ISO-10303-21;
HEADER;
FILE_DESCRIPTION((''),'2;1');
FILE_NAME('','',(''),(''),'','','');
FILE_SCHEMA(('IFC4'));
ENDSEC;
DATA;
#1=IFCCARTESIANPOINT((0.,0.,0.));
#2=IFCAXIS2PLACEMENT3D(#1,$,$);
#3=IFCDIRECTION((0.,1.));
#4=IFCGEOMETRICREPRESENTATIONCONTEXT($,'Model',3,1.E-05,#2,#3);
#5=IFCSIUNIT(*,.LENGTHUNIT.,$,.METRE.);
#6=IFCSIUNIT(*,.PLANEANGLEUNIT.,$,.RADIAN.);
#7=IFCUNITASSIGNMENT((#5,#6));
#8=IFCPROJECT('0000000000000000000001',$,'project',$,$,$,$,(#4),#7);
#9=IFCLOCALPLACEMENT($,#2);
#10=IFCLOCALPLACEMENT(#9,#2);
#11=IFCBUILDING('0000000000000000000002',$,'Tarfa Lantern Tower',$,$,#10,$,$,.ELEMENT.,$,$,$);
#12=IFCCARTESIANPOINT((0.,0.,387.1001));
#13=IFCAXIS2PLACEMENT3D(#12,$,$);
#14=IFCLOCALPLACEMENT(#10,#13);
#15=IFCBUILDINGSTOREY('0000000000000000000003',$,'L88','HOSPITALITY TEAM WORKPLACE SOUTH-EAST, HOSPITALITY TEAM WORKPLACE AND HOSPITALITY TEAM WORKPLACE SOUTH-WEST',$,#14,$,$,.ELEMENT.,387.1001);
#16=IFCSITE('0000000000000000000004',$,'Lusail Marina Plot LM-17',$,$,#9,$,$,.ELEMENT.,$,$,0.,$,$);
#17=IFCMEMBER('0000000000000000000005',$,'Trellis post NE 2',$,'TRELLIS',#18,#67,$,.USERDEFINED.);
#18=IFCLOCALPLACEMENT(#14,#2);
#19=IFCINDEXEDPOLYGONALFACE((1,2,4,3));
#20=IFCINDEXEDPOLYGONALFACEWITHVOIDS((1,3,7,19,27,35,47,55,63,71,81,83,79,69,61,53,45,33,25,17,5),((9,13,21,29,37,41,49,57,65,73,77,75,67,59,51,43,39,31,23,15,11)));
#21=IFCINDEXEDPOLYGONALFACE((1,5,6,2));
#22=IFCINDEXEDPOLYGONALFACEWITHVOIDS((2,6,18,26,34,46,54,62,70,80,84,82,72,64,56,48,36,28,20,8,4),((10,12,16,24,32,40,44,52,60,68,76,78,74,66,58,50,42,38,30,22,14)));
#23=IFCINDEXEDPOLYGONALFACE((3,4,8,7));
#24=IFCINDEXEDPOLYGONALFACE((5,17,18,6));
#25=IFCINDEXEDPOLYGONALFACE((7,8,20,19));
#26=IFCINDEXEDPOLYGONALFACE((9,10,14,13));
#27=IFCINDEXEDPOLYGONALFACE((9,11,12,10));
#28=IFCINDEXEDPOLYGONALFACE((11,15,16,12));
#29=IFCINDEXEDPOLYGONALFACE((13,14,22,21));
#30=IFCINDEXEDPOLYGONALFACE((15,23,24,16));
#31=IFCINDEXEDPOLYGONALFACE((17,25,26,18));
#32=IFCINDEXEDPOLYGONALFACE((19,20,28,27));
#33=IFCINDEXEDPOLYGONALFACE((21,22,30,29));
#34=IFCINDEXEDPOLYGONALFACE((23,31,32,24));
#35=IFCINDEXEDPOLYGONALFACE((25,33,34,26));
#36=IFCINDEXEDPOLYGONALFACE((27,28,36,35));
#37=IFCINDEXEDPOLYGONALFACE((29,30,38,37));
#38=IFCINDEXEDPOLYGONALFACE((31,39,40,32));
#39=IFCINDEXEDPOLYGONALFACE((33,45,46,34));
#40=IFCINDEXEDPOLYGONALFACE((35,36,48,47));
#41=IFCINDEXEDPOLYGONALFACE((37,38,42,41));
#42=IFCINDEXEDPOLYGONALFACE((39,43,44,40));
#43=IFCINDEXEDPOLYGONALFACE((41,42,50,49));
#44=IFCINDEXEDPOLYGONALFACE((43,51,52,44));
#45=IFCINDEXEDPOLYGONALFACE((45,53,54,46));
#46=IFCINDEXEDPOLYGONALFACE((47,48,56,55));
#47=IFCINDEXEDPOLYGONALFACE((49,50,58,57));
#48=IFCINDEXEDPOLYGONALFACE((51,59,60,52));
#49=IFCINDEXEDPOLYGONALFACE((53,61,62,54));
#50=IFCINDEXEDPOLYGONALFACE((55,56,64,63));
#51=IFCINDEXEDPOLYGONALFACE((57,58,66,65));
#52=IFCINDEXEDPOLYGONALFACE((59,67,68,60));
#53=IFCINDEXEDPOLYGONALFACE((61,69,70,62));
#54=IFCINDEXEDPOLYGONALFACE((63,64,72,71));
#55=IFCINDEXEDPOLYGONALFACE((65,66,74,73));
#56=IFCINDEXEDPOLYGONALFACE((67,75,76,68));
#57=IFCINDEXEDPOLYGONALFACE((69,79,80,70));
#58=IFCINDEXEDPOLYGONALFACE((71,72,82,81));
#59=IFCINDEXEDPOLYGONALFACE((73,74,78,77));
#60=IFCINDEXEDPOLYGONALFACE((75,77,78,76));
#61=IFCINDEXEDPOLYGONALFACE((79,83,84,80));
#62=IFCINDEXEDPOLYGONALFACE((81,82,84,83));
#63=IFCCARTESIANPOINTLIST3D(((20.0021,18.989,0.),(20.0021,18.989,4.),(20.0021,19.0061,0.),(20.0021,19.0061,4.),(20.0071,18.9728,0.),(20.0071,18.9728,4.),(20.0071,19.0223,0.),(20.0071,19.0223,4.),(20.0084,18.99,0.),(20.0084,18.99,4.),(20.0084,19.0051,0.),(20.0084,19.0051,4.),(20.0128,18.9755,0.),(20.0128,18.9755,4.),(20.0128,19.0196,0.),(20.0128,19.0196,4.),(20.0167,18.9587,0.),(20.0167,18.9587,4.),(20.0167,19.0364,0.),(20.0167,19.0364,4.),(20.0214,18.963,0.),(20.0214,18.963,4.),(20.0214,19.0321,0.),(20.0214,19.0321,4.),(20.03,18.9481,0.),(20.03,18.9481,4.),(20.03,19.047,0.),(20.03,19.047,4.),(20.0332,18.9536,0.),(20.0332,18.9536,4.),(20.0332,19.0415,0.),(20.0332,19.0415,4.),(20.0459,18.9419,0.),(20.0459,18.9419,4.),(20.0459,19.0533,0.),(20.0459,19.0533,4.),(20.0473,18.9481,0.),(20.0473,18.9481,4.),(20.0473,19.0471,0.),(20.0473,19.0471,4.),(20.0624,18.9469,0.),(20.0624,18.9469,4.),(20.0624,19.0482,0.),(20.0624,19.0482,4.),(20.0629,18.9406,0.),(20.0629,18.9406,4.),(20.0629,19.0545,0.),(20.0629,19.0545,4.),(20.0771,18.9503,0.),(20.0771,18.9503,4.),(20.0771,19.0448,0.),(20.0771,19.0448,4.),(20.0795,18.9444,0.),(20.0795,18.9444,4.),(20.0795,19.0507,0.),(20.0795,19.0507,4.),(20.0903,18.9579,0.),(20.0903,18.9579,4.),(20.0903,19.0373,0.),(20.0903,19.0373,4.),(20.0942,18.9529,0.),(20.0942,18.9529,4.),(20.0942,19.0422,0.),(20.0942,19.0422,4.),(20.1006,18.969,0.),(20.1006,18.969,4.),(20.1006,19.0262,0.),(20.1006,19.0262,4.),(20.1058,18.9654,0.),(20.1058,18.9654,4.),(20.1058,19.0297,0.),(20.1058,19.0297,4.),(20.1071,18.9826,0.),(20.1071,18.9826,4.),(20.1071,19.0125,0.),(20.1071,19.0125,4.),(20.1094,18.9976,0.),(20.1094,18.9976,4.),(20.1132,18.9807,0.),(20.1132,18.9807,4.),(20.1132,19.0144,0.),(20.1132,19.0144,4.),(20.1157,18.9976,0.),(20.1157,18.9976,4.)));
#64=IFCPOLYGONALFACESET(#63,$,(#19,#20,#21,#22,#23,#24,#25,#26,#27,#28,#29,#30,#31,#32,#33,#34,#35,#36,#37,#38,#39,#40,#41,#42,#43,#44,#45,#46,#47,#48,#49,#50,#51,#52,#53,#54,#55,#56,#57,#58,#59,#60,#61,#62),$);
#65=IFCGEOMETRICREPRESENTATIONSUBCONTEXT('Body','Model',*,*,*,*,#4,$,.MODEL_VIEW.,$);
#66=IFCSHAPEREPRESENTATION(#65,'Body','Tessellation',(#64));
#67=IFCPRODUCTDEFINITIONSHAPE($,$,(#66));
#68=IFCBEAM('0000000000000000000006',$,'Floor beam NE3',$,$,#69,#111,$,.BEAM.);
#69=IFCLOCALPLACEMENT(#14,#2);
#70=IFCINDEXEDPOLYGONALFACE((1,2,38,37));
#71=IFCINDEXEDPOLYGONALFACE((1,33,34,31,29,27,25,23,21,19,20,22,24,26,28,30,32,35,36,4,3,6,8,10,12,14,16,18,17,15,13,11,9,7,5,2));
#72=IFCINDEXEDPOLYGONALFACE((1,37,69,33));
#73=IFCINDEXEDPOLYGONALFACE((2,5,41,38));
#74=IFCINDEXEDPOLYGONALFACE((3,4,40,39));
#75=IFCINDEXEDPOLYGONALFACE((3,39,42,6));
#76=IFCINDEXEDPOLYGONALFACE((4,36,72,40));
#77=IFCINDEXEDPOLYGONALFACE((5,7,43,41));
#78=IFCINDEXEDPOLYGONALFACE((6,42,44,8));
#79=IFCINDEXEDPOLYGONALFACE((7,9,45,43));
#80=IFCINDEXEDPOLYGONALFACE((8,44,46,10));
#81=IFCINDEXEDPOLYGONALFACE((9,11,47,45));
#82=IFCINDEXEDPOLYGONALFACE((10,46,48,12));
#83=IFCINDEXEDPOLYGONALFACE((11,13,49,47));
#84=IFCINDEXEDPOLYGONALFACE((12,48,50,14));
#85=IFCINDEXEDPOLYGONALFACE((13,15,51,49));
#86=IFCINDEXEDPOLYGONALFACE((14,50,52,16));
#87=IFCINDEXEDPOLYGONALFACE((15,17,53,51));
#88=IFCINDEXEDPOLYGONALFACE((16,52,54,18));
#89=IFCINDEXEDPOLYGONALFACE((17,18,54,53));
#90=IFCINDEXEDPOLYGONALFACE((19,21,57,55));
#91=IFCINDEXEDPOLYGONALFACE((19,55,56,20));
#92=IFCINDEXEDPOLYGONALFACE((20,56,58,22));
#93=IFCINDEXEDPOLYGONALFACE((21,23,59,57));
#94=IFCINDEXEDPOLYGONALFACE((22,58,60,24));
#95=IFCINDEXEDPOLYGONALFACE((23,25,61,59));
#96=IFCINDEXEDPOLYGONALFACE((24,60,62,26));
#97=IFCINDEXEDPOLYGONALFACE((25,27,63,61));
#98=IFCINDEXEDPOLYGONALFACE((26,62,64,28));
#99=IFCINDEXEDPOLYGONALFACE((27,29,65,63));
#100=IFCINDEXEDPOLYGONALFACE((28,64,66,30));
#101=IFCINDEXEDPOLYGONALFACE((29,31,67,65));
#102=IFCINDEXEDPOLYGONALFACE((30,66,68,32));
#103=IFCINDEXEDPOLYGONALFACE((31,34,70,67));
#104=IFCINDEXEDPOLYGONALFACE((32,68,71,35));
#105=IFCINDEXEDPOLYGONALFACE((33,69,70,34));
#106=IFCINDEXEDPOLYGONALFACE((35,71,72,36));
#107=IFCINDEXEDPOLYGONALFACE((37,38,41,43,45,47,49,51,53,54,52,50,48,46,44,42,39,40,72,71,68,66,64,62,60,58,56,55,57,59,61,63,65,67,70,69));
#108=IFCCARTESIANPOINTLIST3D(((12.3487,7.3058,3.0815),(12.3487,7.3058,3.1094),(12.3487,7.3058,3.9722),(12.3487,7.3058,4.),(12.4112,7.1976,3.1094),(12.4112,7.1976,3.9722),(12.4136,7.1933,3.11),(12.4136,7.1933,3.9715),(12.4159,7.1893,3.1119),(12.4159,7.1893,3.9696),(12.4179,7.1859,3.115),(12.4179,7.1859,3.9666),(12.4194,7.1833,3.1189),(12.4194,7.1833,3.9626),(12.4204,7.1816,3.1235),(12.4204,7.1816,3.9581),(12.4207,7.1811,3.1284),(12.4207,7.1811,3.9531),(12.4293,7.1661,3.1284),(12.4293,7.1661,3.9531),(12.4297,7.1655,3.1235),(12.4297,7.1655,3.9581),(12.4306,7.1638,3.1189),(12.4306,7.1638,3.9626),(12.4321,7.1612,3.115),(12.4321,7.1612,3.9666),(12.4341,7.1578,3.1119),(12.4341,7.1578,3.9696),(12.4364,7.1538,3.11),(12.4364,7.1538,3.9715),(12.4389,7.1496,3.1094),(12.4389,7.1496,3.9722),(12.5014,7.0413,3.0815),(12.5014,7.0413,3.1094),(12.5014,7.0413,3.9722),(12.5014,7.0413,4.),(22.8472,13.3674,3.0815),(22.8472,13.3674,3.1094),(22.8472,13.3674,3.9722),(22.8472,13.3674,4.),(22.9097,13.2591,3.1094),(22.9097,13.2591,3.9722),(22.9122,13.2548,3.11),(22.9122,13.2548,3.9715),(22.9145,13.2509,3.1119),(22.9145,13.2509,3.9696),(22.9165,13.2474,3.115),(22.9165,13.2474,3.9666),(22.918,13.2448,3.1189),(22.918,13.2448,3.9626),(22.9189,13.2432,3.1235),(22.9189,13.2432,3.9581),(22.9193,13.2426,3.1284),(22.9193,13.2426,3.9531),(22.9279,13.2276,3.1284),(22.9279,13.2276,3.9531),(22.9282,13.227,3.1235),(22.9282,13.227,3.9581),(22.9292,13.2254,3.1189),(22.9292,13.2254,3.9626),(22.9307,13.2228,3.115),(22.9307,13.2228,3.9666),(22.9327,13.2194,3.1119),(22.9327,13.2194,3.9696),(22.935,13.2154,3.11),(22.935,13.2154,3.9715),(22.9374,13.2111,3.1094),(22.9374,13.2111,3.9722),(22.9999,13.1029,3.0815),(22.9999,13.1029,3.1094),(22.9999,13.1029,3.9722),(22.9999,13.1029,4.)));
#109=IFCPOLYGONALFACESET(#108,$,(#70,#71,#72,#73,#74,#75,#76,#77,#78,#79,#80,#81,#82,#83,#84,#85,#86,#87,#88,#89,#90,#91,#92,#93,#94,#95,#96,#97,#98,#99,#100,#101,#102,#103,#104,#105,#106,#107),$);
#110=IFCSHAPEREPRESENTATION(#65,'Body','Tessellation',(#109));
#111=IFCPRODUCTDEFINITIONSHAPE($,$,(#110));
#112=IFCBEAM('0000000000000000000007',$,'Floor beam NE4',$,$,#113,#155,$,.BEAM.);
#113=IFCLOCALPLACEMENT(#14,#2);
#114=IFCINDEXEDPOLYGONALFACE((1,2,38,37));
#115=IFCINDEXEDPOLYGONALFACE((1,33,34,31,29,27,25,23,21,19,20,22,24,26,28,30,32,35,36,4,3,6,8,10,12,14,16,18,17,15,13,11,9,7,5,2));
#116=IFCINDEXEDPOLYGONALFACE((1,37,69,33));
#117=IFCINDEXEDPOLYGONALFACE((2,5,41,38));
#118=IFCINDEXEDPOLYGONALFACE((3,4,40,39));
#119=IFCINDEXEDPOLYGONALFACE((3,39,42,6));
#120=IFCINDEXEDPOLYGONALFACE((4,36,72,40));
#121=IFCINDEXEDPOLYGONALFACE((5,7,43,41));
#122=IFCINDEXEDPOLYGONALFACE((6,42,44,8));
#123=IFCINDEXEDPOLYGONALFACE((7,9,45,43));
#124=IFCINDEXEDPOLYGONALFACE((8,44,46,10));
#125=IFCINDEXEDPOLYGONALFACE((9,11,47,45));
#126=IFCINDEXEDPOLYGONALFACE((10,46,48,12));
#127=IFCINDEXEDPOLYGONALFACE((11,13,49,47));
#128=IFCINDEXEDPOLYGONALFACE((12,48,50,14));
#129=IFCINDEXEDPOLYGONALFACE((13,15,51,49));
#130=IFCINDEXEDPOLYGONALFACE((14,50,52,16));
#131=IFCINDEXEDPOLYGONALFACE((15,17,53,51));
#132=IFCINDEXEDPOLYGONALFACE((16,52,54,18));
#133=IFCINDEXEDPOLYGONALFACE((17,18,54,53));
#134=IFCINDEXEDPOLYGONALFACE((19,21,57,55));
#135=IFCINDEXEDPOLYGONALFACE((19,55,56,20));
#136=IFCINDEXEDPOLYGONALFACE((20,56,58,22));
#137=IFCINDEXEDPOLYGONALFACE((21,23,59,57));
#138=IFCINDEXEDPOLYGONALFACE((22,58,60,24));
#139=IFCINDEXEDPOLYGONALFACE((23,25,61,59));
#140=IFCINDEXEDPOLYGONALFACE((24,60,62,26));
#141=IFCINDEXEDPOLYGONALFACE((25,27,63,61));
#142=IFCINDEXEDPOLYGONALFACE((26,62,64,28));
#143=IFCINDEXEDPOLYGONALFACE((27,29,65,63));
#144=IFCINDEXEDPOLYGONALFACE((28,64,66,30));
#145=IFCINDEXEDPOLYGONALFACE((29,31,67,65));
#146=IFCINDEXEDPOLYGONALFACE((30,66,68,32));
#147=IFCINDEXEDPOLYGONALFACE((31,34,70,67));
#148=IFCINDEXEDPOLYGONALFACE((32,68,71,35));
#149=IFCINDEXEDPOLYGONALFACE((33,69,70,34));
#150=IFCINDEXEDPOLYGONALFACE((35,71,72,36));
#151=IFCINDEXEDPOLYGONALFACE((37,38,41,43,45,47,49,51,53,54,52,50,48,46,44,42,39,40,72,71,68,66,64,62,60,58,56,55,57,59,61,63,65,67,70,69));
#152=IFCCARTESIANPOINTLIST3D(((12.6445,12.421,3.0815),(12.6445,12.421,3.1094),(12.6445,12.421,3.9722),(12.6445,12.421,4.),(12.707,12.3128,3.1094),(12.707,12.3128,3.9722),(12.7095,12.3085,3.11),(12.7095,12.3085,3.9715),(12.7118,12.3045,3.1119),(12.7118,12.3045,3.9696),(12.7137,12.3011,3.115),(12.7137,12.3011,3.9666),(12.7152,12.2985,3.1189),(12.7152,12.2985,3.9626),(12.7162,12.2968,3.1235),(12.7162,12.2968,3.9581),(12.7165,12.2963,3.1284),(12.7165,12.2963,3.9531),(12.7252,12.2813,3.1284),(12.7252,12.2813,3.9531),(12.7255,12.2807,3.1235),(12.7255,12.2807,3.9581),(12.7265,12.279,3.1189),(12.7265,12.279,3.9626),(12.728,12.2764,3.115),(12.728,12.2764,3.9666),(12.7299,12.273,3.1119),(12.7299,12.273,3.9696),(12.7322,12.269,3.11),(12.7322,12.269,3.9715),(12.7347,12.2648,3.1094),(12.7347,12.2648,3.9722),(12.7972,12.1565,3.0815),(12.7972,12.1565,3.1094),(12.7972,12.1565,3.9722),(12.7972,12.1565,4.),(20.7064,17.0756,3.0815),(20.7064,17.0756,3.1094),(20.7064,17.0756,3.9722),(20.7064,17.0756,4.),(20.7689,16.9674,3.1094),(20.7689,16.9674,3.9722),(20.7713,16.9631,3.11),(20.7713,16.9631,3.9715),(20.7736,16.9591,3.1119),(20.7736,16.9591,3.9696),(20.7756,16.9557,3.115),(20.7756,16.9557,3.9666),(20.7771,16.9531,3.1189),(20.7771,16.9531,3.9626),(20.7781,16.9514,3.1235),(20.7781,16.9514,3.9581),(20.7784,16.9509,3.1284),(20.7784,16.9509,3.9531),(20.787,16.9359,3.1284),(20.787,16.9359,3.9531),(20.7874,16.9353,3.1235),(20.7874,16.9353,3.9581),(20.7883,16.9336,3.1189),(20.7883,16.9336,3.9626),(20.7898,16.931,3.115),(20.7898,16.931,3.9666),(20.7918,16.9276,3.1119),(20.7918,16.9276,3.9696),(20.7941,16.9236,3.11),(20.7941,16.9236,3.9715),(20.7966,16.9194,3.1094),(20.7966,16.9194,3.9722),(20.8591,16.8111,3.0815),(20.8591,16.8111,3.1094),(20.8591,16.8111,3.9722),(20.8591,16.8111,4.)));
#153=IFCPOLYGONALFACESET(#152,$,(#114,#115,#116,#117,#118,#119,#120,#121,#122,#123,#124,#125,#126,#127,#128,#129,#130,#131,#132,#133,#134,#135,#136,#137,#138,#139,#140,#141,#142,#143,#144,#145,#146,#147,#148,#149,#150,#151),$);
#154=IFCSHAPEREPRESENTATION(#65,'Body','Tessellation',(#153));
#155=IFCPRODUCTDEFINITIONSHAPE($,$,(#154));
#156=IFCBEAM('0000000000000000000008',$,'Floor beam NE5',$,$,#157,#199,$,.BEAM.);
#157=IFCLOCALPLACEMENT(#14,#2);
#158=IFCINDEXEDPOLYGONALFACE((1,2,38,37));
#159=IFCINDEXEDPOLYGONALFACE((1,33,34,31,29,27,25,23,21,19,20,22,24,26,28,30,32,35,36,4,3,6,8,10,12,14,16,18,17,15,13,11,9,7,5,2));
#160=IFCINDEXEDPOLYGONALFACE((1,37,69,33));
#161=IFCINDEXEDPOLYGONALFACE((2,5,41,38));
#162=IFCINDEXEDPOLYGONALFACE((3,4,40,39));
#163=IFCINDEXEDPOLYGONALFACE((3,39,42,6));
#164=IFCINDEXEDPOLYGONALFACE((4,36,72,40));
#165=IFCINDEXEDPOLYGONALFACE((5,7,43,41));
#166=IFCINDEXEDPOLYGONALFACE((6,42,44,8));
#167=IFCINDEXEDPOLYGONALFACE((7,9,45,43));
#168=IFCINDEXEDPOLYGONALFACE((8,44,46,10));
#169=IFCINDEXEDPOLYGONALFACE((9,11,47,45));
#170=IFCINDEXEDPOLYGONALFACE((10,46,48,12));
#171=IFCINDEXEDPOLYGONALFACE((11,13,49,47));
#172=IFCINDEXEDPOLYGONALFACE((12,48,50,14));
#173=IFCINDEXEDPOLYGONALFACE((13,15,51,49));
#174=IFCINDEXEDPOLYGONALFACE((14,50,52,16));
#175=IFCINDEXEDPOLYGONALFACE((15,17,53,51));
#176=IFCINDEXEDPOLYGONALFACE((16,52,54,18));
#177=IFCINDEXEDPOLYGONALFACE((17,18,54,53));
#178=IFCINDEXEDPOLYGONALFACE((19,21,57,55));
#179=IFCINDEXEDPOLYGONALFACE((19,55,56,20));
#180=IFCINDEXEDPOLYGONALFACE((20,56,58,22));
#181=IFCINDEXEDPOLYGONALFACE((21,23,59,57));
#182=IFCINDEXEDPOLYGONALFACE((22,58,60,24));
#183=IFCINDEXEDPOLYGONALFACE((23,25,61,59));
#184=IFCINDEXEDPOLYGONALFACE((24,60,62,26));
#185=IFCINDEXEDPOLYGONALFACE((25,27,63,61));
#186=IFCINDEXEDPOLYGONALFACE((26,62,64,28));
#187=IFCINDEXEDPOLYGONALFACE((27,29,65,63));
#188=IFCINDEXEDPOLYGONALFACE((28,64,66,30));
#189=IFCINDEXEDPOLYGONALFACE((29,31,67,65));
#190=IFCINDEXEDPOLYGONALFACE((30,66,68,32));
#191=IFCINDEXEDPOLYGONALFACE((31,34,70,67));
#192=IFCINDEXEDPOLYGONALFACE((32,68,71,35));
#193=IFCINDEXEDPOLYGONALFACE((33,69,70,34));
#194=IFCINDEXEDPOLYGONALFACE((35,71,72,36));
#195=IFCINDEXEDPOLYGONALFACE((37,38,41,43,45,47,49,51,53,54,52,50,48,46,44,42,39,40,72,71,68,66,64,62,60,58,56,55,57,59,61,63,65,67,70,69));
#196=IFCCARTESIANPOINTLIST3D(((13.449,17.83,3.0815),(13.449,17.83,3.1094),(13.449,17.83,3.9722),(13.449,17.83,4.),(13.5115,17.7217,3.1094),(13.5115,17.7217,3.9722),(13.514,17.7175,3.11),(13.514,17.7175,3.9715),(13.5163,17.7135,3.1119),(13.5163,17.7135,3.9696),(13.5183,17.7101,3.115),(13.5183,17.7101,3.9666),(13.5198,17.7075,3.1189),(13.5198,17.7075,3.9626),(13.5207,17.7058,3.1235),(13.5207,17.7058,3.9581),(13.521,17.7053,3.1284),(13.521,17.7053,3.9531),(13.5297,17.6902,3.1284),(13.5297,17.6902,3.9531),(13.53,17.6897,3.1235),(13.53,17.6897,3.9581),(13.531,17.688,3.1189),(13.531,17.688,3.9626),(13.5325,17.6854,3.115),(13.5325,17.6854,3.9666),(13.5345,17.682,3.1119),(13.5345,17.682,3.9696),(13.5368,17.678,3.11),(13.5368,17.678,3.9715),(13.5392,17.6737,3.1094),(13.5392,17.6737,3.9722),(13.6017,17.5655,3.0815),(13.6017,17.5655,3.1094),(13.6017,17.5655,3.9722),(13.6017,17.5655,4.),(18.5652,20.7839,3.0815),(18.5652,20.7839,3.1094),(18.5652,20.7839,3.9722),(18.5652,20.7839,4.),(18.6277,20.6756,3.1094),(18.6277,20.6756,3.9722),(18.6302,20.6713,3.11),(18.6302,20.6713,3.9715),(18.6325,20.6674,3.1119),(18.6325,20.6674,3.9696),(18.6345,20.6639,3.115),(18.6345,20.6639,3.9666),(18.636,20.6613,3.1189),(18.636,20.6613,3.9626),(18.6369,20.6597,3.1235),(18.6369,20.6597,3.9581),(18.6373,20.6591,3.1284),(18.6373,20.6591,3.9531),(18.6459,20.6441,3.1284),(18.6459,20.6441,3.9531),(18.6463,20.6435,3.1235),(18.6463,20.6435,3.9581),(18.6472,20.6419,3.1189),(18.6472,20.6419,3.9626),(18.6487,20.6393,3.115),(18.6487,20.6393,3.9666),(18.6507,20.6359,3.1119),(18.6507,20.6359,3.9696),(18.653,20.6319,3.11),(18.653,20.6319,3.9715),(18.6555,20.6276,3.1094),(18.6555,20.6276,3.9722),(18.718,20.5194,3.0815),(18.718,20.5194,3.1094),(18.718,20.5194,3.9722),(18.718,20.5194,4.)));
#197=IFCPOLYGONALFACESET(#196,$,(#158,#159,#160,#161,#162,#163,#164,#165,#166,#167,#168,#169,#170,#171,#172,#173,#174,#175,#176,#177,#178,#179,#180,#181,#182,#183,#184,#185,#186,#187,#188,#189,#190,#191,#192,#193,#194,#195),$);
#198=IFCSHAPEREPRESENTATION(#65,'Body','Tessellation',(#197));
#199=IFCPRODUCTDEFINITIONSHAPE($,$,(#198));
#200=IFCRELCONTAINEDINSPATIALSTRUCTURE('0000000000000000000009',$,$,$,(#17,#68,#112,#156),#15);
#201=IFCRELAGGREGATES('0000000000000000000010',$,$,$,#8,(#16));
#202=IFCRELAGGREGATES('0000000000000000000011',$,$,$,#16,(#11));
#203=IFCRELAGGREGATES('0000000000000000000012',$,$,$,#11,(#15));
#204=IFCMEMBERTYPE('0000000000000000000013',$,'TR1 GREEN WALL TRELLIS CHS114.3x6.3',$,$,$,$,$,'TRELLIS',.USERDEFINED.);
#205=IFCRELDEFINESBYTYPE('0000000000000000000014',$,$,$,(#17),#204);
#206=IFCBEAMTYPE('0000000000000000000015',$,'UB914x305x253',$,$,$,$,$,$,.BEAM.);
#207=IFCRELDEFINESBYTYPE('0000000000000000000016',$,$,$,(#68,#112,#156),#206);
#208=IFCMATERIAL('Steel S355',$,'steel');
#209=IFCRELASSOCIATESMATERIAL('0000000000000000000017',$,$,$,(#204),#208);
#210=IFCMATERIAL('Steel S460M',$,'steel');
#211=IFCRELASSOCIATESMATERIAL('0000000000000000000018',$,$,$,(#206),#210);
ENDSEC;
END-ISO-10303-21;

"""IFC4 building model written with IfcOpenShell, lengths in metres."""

from ifc_helpers import new_model, si_unit, direction, frame, origin, origin_2d, place, context, subcontext, project, spatial, hollow_circle, i_section, extrude, material, material_profile, profile_set, type_object, element, save


model = new_model("IFC4")

# Units and contexts
model_context = context("Model", 3, precision=1e-05, world=origin(), true_north=direction((0.0, 1.0)))
body_context = subcontext(model_context, "Body", "Model", "MODEL_VIEW")
ifc_project = project(units=[si_unit("LENGTHUNIT", "METRE"), si_unit("PLANEANGLEUNIT", "RADIAN")], contexts=[model_context])

# Site, building, storey
site_placement = place(None, origin())
site = spatial("IfcSite", under=ifc_project, at=site_placement, Name="Lusail Marina Plot LM-17", CompositionType="ELEMENT", RefElevation=0.0)
building_placement = place(site_placement, origin())
building = spatial("IfcBuilding", under=site, at=building_placement, Name="Tarfa Lantern Tower", CompositionType="ELEMENT")
storey_placement = place(building_placement, frame((0.0, 0.0, 387.1001)))
storey = spatial("IfcBuildingStorey", under=building, at=storey_placement, Name="L88", Description="HOSPITALITY TEAM WORKPLACE SOUTH-EAST, HOSPITALITY TEAM WORKPLACE AND HOSPITALITY TEAM WORKPLACE SOUTH-WEST", CompositionType="ELEMENT", Elevation=387.1001)

# Member
ifc_material_1 = material(Name="Steel S355", Category="steel")
ifc_material_profile_1 = material_profile(ifc_material_1, hollow_circle(Radius=0.0571, WallThickness=0.0063, at=origin_2d()), Name="CHS114.3x6.3")
ifc_profile_set_1 = profile_set([ifc_material_profile_1], Name="Steel S355")
member_type_1 = type_object("IfcMemberType", Name="TR1 GREEN WALL TRELLIS CHS114.3x6.3", ElementType="TRELLIS", PredefinedType="USERDEFINED", material=ifc_profile_set_1)
member_1_placement = place(storey_placement, frame((20.0586, 18.9976, 0.0), z_axis=(0.0, 0.0, 1.0), x_axis=(1.0, 0.0, 0.0)))
element("IfcMember", 1, at=member_1_placement, inside=storey, type_object=member_type_1, Name="Trellis post NE 2", ObjectType="TRELLIS", PredefinedType="USERDEFINED", context=body_context, shape_type="SweptSolid", body=[
    extrude(hollow_circle(Radius=0.0571, WallThickness=0.0063, at=origin_2d()), origin(), (0.0, 0.0, 1.0), 4.0),
])

# Beams
ifc_material_2 = material(Name="Steel S460M", Category="steel")
ifc_material_profile_2 = material_profile(ifc_material_2, i_section(OverallWidth=0.3054, OverallDepth=0.9185, WebThickness=0.0173, FlangeThickness=0.0278, FilletRadius=0.019, at=origin_2d()), Name="UB914x305x253")
ifc_profile_set_2 = profile_set([ifc_material_profile_2], Name="Steel S460M")
beam_type_1 = type_object("IfcBeamType", Name="UB914x305x253", PredefinedType="BEAM", material=ifc_profile_set_2)
beam_1_placement = place(storey_placement, frame((22.9236, 13.2351, 3.5408), z_axis=(-0.866019, -0.500012, 0.0), x_axis=(0.500012, -0.866019, 0.0)))
element("IfcBeam", 2, at=beam_1_placement, inside=storey, type_object=beam_type_1, Name="Floor beam NE3", PredefinedType="BEAM", context=body_context, shape_type="SweptSolid", body=[
    extrude(i_section(OverallWidth=0.3054, OverallDepth=0.9185, WebThickness=0.0173, FlangeThickness=0.0278, FilletRadius=0.019, at=origin_2d()), origin(), (0.0, 0.0, 1.0), 12.1228),
])
beam_2_placement = place(storey_placement, frame((20.7827, 16.9434, 3.5408), z_axis=(-0.866022, -0.500006, 0.0), x_axis=(0.500006, -0.866022, 0.0)))
element("IfcBeam", 3, at=beam_2_placement, inside=storey, type_object=beam_type_1, Name="Floor beam NE4", PredefinedType="BEAM", context=body_context, shape_type="SweptSolid", body=[
    extrude(i_section(OverallWidth=0.3054, OverallDepth=0.9185, WebThickness=0.0173, FlangeThickness=0.0278, FilletRadius=0.019, at=origin_2d()), origin(), (0.0, 0.0, 1.0), 9.3091),
])
beam_3_placement = place(storey_placement, frame((18.6416, 20.6516, 3.5408), z_axis=(-0.866025, -0.500001, 0.0), x_axis=(0.500001, -0.866025, 0.0)))
element("IfcBeam", 4, at=beam_3_placement, inside=storey, type_object=beam_type_1, Name="Floor beam NE5", PredefinedType="BEAM", context=body_context, shape_type="SweptSolid", body=[
    extrude(i_section(OverallWidth=0.3054, OverallDepth=0.9185, WebThickness=0.0173, FlangeThickness=0.0278, FilletRadius=0.019, at=origin_2d()), origin(), (0.0, 0.0, 1.0), 5.9077),
])

save(model, "model.ifc")
